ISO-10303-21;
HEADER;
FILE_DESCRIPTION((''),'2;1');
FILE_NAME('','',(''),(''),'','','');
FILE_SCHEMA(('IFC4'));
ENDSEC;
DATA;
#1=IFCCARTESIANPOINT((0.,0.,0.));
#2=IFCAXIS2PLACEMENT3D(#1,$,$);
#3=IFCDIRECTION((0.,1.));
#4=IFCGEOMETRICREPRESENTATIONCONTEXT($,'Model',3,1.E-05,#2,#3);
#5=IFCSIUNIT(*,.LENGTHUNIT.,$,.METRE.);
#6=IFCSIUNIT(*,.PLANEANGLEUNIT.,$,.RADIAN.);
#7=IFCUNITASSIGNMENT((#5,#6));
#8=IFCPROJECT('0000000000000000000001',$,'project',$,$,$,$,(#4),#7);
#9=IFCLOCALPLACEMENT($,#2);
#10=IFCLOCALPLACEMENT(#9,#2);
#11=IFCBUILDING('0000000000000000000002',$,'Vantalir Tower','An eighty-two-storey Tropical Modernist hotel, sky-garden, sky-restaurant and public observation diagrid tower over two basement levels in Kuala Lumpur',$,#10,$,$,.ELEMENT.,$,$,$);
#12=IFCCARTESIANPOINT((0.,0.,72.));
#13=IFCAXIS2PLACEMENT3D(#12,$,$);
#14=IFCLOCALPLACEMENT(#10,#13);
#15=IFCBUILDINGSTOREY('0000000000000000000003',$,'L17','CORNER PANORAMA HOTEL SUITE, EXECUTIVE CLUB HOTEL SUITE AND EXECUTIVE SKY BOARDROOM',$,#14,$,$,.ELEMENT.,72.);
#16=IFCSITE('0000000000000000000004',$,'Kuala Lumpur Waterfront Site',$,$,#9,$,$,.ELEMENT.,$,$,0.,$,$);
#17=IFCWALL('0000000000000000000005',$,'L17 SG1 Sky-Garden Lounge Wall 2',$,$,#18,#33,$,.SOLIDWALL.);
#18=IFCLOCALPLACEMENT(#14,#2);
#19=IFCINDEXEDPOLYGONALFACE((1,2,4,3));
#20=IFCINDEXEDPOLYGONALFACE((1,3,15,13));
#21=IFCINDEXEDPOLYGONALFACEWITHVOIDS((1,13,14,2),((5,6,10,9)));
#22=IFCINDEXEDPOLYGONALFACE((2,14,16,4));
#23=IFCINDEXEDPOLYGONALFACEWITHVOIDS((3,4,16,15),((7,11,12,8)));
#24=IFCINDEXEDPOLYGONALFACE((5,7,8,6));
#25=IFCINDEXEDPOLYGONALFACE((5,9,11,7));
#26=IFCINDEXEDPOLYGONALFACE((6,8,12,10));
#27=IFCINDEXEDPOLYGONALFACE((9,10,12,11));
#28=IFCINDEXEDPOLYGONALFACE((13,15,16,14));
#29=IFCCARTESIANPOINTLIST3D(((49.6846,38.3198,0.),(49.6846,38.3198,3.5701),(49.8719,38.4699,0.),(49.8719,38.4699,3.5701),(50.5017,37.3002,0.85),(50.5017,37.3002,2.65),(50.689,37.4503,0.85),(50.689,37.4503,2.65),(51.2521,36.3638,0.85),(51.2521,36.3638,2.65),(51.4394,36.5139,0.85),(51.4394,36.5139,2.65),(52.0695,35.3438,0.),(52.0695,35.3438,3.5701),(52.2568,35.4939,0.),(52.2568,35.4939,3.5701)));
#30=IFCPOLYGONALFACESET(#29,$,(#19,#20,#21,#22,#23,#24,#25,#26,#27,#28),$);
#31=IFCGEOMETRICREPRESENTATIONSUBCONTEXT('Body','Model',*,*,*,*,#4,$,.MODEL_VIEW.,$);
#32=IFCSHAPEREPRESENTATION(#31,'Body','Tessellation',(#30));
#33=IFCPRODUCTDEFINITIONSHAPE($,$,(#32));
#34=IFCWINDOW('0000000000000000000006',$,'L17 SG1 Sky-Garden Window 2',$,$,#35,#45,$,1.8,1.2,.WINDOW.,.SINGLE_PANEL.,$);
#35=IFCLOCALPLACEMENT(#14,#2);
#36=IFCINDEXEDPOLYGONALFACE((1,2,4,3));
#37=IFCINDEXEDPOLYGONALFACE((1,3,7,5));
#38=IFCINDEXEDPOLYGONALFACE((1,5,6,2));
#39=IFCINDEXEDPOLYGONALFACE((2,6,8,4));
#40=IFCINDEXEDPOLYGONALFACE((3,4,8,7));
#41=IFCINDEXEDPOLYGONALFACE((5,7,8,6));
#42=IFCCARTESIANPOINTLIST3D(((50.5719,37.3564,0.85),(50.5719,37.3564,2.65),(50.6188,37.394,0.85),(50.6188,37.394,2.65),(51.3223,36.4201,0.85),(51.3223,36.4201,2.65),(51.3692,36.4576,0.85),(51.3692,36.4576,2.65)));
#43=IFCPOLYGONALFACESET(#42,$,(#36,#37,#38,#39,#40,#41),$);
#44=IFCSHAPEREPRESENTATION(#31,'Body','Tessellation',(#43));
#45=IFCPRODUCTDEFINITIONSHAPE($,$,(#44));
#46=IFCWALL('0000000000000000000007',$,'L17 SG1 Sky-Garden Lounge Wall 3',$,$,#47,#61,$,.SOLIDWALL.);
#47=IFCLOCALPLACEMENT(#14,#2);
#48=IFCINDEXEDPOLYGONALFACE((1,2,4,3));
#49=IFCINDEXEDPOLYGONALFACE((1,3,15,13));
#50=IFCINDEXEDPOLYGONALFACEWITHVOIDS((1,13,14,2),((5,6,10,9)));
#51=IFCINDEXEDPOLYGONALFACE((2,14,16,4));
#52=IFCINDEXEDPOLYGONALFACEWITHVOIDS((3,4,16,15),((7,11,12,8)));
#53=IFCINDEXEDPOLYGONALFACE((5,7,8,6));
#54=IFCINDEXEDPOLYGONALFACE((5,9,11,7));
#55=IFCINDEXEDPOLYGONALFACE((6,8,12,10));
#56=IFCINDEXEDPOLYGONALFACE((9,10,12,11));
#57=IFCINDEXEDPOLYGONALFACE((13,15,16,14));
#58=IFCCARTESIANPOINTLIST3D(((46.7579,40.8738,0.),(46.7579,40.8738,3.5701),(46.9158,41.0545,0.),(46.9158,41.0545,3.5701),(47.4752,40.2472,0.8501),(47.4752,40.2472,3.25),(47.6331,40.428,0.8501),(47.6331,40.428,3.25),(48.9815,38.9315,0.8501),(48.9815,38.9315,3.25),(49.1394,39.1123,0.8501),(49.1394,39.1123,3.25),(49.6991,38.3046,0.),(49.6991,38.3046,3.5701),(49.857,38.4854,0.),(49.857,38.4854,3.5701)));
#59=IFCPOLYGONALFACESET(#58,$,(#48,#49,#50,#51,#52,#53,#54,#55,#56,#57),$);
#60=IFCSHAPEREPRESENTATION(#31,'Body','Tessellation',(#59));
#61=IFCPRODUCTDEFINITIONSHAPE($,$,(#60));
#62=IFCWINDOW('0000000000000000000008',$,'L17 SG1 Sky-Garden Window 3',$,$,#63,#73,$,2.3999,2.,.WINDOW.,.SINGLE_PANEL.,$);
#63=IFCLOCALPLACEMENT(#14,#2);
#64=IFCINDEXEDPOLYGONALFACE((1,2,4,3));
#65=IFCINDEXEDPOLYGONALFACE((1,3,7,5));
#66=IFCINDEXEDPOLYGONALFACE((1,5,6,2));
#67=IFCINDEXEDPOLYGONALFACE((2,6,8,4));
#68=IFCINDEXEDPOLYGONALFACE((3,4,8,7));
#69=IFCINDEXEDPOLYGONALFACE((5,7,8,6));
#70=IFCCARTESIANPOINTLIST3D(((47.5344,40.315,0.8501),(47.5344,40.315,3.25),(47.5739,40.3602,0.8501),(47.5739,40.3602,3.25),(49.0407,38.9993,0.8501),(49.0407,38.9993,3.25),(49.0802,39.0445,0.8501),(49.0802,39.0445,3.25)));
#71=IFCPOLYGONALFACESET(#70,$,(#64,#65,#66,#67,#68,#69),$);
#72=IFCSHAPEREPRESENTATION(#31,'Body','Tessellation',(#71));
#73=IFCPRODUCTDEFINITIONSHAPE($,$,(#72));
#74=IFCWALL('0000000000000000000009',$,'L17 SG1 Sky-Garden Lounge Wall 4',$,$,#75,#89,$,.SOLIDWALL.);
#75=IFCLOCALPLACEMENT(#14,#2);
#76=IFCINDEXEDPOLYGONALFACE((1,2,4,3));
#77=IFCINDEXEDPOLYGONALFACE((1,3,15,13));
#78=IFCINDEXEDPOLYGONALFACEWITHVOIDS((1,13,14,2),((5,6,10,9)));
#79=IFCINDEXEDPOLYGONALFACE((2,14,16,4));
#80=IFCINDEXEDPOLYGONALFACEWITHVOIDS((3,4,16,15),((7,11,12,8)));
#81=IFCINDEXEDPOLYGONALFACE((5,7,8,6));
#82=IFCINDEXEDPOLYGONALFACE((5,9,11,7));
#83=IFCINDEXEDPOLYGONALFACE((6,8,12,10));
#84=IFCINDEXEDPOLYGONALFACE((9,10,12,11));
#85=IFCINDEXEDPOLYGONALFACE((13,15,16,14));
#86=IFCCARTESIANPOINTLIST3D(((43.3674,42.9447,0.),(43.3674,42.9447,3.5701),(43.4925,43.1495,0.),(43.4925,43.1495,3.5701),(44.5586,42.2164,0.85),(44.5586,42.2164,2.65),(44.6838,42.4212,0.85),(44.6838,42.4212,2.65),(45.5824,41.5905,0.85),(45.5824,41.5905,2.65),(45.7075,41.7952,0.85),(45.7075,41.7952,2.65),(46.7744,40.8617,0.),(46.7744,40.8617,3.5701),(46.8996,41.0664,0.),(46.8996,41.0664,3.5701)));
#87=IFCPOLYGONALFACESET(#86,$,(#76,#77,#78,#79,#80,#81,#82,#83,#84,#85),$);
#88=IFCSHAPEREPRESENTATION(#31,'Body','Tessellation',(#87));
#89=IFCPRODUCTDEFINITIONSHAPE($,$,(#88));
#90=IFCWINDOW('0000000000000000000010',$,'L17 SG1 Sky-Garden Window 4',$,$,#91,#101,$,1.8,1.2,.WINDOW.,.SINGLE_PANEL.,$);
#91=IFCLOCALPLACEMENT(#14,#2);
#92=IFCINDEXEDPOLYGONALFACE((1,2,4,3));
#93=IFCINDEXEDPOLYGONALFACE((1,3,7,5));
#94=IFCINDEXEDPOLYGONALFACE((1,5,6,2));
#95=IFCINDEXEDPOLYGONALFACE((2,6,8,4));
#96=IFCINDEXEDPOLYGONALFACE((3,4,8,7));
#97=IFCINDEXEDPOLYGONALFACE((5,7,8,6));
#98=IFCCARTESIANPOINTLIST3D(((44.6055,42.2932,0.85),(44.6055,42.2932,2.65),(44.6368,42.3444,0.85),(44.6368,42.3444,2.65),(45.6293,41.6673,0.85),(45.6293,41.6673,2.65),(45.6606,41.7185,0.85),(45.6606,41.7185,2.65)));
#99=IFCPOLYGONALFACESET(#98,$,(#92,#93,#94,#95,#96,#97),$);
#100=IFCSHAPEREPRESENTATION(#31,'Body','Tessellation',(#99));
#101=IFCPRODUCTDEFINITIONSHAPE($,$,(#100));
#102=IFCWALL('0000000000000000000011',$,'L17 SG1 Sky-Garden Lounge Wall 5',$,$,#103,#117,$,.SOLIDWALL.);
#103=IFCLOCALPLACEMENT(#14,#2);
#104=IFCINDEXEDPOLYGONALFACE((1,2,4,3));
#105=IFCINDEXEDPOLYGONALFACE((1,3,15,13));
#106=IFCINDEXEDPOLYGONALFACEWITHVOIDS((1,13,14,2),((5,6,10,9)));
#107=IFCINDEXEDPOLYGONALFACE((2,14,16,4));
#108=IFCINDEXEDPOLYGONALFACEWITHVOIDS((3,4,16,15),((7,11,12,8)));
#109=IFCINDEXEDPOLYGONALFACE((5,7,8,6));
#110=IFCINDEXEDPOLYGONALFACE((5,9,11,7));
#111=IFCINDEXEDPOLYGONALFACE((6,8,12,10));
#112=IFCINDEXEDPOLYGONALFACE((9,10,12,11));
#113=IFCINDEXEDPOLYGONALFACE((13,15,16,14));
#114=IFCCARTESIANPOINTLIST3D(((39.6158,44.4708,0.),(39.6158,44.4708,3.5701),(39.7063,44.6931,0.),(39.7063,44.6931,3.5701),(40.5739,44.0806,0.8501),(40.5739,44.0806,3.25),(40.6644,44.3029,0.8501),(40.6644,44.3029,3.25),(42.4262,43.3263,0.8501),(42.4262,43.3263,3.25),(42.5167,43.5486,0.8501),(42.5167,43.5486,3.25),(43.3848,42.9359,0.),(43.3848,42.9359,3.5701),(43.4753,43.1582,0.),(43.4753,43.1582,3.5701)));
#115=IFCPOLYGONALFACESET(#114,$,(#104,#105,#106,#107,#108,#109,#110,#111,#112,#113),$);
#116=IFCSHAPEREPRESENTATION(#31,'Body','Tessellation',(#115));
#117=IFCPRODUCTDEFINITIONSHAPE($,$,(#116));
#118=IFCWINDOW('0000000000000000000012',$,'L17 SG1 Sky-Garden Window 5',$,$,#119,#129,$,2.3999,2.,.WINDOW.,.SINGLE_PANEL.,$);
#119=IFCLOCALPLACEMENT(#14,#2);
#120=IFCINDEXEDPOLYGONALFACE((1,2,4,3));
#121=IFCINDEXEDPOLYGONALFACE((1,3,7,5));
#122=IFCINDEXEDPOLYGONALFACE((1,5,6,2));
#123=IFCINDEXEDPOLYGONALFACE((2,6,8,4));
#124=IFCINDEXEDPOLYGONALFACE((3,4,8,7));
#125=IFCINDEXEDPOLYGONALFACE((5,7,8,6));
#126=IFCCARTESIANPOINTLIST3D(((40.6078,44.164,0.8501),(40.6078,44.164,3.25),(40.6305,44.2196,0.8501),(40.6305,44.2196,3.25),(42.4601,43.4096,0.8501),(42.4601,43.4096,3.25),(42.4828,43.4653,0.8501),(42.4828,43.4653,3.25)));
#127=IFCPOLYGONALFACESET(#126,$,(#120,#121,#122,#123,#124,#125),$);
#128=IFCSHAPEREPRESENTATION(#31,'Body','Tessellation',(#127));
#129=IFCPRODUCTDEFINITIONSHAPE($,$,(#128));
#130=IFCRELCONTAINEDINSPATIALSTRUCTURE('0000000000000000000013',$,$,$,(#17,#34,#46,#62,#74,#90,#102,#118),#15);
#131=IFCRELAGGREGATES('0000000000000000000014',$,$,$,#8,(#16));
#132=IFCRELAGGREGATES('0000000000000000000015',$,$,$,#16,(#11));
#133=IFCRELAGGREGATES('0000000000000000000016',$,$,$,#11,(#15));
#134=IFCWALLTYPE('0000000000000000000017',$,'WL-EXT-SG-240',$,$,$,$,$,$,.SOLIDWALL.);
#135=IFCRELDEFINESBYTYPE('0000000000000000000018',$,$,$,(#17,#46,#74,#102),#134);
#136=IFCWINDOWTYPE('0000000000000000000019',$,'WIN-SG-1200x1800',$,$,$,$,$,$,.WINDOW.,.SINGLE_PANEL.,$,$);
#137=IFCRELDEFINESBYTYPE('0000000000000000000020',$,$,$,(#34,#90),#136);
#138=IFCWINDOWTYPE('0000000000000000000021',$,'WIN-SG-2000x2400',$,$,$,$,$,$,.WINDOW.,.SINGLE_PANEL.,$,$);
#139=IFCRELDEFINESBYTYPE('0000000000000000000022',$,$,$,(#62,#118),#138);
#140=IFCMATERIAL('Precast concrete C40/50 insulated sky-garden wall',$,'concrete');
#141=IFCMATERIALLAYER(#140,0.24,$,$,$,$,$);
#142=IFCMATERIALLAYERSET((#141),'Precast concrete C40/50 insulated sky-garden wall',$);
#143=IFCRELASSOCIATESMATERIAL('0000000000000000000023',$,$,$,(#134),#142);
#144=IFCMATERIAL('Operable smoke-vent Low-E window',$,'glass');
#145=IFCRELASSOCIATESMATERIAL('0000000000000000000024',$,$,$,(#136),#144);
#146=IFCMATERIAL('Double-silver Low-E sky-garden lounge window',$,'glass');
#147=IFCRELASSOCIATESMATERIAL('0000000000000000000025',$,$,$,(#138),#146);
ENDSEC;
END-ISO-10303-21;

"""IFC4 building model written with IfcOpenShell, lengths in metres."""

from ifc_helpers import new_model, si_unit, direction, frame, frame_2d, origin, place, context, subcontext, project, spatial, rectangle, extrude, material, layer, layer_set, type_object, element, fill, save


model = new_model("IFC4")

# Units and contexts
model_context = context("Model", 3, precision=1e-05, world=origin(), true_north=direction((0.0, 1.0)))
body_context = subcontext(model_context, "Body", "Model", "MODEL_VIEW")
ifc_project = project(units=[si_unit("LENGTHUNIT", "METRE"), si_unit("PLANEANGLEUNIT", "RADIAN")], contexts=[model_context])

# Site, building, storey
site_placement = place(None, origin())
site = spatial("IfcSite", under=ifc_project, at=site_placement, Name="Kuala Lumpur Waterfront Site", CompositionType="ELEMENT", RefElevation=0.0)
building_placement = place(site_placement, origin())
building = spatial("IfcBuilding", under=site, at=building_placement, Name="Vantalir Tower", Description="An eighty-two-storey Tropical Modernist hotel, sky-garden, sky-restaurant and public observation diagrid tower over two basement levels in Kuala Lumpur", CompositionType="ELEMENT")
storey_placement = place(building_placement, frame((0.0, 0.0, 72.0)))
storey = spatial("IfcBuildingStorey", under=building, at=storey_placement, Name="L17", Description="CORNER PANORAMA HOTEL SUITE, EXECUTIVE CLUB HOTEL SUITE AND EXECUTIVE SKY BOARDROOM", CompositionType="ELEMENT", Elevation=72.0)

# Walls, openings, windows
ifc_material_1 = material(Name="Precast concrete C40/50 insulated sky-garden wall", Category="concrete")
ifc_layer_1 = layer(ifc_material_1, 0.24)
ifc_layer_set_1 = layer_set([ifc_layer_1], Name="Precast concrete C40/50 insulated sky-garden wall")
wall_type = type_object("IfcWallType", Name="WL-EXT-SG-240", PredefinedType="SOLIDWALL", material=ifc_layer_set_1)
wall_1_placement = place(storey_placement, frame((52.1631, 35.4189, 0.0), z_axis=(0.0, 0.0, 1.0), x_axis=(-0.625358, 0.780338, 0.0)))
wall_1 = element("IfcWall", 1, at=wall_1_placement, inside=storey, type_object=wall_type, Name="L17 SG1 Sky-Garden Lounge Wall 2", PredefinedType="SOLIDWALL", context=body_context, shape_type="SweptSolid", body=[
    extrude(rectangle(XDim=3.8137, YDim=0.24, at=frame_2d((1.9067, 0.0))), origin(), (0.0, 0.0, 1.0), 3.5701),
])
opening_1_placement = place(wall_1_placement, frame((1.3069, 0.0, 0.8501)))
opening_1 = element("IfcOpeningElement", 2, at=opening_1_placement, cuts=wall_1, PredefinedType="OPENING", context=body_context, shape_type="SweptSolid", body=[
    extrude(rectangle(XDim=1.2, YDim=1.8, at=frame_2d((0.6001, 0.8999))), frame((0.0, 0.1299, 0.0), z_axis=(0.0, -1.0, 0.0), x_axis=(1.0, 0.0, 0.0)), (0.0, 0.0, 1.0), 0.26),
])
ifc_material_2 = material(Name="Operable smoke-vent Low-E window", Category="glass")
window_type_1 = type_object("IfcWindowType", Name="WIN-SG-1200x1800", PartitioningType="SINGLE_PANEL", PredefinedType="WINDOW", material=ifc_material_2)
window_1_placement = place(opening_1_placement, origin())
window_1 = element("IfcWindow", 3, at=window_1_placement, inside=storey, type_object=window_type_1, Name="L17 SG1 Sky-Garden Window 2", OverallHeight=1.8, OverallWidth=1.2, PartitioningType="SINGLE_PANEL", PredefinedType="WINDOW", context=body_context, shape_type="SweptSolid", body=[
    extrude(rectangle(XDim=1.2, YDim=1.8, at=frame_2d((0.6001, 0.8999))), frame((0.0, 0.03, 0.0), z_axis=(0.0, -1.0, 0.0), x_axis=(1.0, 0.0, 0.0)), (0.0, 0.0, 1.0), 0.0601),
])
fill(opening_1, window_1)
wall_2_placement = place(storey_placement, frame((49.7781, 38.395, 0.0), z_axis=(0.0, 0.0, 1.0), x_axis=(-0.753138, 0.657863, 0.0)))
wall_2 = element("IfcWall", 4, at=wall_2_placement, inside=storey, type_object=wall_type, Name="L17 SG1 Sky-Garden Lounge Wall 3", PredefinedType="SOLIDWALL", context=body_context, shape_type="SweptSolid", body=[
    extrude(rectangle(XDim=3.9053, YDim=0.24, at=frame_2d((1.9526, 0.0))), origin(), (0.0, 0.0, 1.0), 3.5701),
])
opening_2_placement = place(wall_2_placement, frame((0.9529, 0.0, 0.8501)))
opening_2 = element("IfcOpeningElement", 5, at=opening_2_placement, cuts=wall_2, PredefinedType="OPENING", context=body_context, shape_type="SweptSolid", body=[
    extrude(rectangle(XDim=2.0, YDim=2.3999, at=frame_2d((1.0, 1.2))), frame((0.0, 0.1299, 0.0), z_axis=(0.0, -1.0, 0.0), x_axis=(1.0, 0.0, 0.0)), (0.0, 0.0, 1.0), 0.26),
])
ifc_material_3 = material(Name="Double-silver Low-E sky-garden lounge window", Category="glass")
window_type_2 = type_object("IfcWindowType", Name="WIN-SG-2000x2400", PartitioningType="SINGLE_PANEL", PredefinedType="WINDOW", material=ifc_material_3)
window_2_placement = place(opening_2_placement, origin())
window_2 = element("IfcWindow", 6, at=window_2_placement, inside=storey, type_object=window_type_2, Name="L17 SG1 Sky-Garden Window 3", OverallHeight=2.3999, OverallWidth=2.0, PartitioningType="SINGLE_PANEL", PredefinedType="WINDOW", context=body_context, shape_type="SweptSolid", body=[
    extrude(rectangle(XDim=2.0, YDim=2.3999, at=frame_2d((1.0, 1.2))), frame((0.0, 0.03, 0.0), z_axis=(0.0, -1.0, 0.0), x_axis=(1.0, 0.0, 0.0)), (0.0, 0.0, 1.0), 0.0601),
])
fill(opening_2, window_2)
wall_3_placement = place(storey_placement, frame((46.8369, 40.9641, 0.0), z_axis=(0.0, 0.0, 1.0), x_axis=(-0.853175, 0.521626, 0.0)))
wall_3 = element("IfcWall", 7, at=wall_3_placement, inside=storey, type_object=wall_type, Name="L17 SG1 Sky-Garden Lounge Wall 4", PredefinedType="SOLIDWALL", context=body_context, shape_type="SweptSolid", body=[
    extrude(rectangle(XDim=3.9934, YDim=0.24, at=frame_2d((1.9966, 0.0))), origin(), (0.0, 0.0, 1.0), 3.5701),
])
opening_3_placement = place(wall_3_placement, frame((1.397, 0.0, 0.8501)))
opening_3 = element("IfcOpeningElement", 8, at=opening_3_placement, cuts=wall_3, PredefinedType="OPENING", context=body_context, shape_type="SweptSolid", body=[
    extrude(rectangle(XDim=1.2, YDim=1.8, at=frame_2d((0.6001, 0.8999))), frame((0.0, 0.1299, 0.0), z_axis=(0.0, -1.0, 0.0), x_axis=(1.0, 0.0, 0.0)), (0.0, 0.0, 1.0), 0.26),
])
window_3_placement = place(opening_3_placement, origin())
window_3 = element("IfcWindow", 9, at=window_3_placement, inside=storey, type_object=window_type_1, Name="L17 SG1 Sky-Garden Window 4", OverallHeight=1.8, OverallWidth=1.2, PartitioningType="SINGLE_PANEL", PredefinedType="WINDOW", context=body_context, shape_type="SweptSolid", body=[
    extrude(rectangle(XDim=1.2, YDim=1.8, at=frame_2d((0.6001, 0.8999))), frame((0.0, 0.03, 0.0), z_axis=(0.0, -1.0, 0.0), x_axis=(1.0, 0.0, 0.0)), (0.0, 0.0, 1.0), 0.0601),
])
fill(opening_3, window_3)
wall_4_placement = place(storey_placement, frame((43.4299, 43.0471, 0.0), z_axis=(0.0, 0.0, 1.0), x_axis=(-0.926146, 0.377165, 0.0)))
wall_4 = element("IfcWall", 10, at=wall_4_placement, inside=storey, type_object=wall_type, Name="L17 SG1 Sky-Garden Lounge Wall 5", PredefinedType="SOLIDWALL", context=body_context, shape_type="SweptSolid", body=[
    extrude(rectangle(XDim=4.0696, YDim=0.24, at=frame_2d((2.0347, 0.0))), origin(), (0.0, 0.0, 1.0), 3.5701),
])
opening_4_placement = place(wall_4_placement, frame((1.0349, 0.0, 0.8501)))
opening_4 = element("IfcOpeningElement", 11, at=opening_4_placement, cuts=wall_4, PredefinedType="OPENING", context=body_context, shape_type="SweptSolid", body=[
    extrude(rectangle(XDim=2.0, YDim=2.3999, at=frame_2d((1.0, 1.2))), frame((0.0, 0.1299, 0.0), z_axis=(0.0, -1.0, 0.0), x_axis=(1.0, 0.0, 0.0)), (0.0, 0.0, 1.0), 0.26),
])
window_4_placement = place(opening_4_placement, origin())
window_4 = element("IfcWindow", 12, at=window_4_placement, inside=storey, type_object=window_type_2, Name="L17 SG1 Sky-Garden Window 5", OverallHeight=2.3999, OverallWidth=2.0, PartitioningType="SINGLE_PANEL", PredefinedType="WINDOW", context=body_context, shape_type="SweptSolid", body=[
    extrude(rectangle(XDim=2.0, YDim=2.3999, at=frame_2d((1.0, 1.2))), frame((0.0, 0.03, 0.0), z_axis=(0.0, -1.0, 0.0), x_axis=(1.0, 0.0, 0.0)), (0.0, 0.0, 1.0), 0.0601),
])
fill(opening_4, window_4)

save(model, "model.ifc")
